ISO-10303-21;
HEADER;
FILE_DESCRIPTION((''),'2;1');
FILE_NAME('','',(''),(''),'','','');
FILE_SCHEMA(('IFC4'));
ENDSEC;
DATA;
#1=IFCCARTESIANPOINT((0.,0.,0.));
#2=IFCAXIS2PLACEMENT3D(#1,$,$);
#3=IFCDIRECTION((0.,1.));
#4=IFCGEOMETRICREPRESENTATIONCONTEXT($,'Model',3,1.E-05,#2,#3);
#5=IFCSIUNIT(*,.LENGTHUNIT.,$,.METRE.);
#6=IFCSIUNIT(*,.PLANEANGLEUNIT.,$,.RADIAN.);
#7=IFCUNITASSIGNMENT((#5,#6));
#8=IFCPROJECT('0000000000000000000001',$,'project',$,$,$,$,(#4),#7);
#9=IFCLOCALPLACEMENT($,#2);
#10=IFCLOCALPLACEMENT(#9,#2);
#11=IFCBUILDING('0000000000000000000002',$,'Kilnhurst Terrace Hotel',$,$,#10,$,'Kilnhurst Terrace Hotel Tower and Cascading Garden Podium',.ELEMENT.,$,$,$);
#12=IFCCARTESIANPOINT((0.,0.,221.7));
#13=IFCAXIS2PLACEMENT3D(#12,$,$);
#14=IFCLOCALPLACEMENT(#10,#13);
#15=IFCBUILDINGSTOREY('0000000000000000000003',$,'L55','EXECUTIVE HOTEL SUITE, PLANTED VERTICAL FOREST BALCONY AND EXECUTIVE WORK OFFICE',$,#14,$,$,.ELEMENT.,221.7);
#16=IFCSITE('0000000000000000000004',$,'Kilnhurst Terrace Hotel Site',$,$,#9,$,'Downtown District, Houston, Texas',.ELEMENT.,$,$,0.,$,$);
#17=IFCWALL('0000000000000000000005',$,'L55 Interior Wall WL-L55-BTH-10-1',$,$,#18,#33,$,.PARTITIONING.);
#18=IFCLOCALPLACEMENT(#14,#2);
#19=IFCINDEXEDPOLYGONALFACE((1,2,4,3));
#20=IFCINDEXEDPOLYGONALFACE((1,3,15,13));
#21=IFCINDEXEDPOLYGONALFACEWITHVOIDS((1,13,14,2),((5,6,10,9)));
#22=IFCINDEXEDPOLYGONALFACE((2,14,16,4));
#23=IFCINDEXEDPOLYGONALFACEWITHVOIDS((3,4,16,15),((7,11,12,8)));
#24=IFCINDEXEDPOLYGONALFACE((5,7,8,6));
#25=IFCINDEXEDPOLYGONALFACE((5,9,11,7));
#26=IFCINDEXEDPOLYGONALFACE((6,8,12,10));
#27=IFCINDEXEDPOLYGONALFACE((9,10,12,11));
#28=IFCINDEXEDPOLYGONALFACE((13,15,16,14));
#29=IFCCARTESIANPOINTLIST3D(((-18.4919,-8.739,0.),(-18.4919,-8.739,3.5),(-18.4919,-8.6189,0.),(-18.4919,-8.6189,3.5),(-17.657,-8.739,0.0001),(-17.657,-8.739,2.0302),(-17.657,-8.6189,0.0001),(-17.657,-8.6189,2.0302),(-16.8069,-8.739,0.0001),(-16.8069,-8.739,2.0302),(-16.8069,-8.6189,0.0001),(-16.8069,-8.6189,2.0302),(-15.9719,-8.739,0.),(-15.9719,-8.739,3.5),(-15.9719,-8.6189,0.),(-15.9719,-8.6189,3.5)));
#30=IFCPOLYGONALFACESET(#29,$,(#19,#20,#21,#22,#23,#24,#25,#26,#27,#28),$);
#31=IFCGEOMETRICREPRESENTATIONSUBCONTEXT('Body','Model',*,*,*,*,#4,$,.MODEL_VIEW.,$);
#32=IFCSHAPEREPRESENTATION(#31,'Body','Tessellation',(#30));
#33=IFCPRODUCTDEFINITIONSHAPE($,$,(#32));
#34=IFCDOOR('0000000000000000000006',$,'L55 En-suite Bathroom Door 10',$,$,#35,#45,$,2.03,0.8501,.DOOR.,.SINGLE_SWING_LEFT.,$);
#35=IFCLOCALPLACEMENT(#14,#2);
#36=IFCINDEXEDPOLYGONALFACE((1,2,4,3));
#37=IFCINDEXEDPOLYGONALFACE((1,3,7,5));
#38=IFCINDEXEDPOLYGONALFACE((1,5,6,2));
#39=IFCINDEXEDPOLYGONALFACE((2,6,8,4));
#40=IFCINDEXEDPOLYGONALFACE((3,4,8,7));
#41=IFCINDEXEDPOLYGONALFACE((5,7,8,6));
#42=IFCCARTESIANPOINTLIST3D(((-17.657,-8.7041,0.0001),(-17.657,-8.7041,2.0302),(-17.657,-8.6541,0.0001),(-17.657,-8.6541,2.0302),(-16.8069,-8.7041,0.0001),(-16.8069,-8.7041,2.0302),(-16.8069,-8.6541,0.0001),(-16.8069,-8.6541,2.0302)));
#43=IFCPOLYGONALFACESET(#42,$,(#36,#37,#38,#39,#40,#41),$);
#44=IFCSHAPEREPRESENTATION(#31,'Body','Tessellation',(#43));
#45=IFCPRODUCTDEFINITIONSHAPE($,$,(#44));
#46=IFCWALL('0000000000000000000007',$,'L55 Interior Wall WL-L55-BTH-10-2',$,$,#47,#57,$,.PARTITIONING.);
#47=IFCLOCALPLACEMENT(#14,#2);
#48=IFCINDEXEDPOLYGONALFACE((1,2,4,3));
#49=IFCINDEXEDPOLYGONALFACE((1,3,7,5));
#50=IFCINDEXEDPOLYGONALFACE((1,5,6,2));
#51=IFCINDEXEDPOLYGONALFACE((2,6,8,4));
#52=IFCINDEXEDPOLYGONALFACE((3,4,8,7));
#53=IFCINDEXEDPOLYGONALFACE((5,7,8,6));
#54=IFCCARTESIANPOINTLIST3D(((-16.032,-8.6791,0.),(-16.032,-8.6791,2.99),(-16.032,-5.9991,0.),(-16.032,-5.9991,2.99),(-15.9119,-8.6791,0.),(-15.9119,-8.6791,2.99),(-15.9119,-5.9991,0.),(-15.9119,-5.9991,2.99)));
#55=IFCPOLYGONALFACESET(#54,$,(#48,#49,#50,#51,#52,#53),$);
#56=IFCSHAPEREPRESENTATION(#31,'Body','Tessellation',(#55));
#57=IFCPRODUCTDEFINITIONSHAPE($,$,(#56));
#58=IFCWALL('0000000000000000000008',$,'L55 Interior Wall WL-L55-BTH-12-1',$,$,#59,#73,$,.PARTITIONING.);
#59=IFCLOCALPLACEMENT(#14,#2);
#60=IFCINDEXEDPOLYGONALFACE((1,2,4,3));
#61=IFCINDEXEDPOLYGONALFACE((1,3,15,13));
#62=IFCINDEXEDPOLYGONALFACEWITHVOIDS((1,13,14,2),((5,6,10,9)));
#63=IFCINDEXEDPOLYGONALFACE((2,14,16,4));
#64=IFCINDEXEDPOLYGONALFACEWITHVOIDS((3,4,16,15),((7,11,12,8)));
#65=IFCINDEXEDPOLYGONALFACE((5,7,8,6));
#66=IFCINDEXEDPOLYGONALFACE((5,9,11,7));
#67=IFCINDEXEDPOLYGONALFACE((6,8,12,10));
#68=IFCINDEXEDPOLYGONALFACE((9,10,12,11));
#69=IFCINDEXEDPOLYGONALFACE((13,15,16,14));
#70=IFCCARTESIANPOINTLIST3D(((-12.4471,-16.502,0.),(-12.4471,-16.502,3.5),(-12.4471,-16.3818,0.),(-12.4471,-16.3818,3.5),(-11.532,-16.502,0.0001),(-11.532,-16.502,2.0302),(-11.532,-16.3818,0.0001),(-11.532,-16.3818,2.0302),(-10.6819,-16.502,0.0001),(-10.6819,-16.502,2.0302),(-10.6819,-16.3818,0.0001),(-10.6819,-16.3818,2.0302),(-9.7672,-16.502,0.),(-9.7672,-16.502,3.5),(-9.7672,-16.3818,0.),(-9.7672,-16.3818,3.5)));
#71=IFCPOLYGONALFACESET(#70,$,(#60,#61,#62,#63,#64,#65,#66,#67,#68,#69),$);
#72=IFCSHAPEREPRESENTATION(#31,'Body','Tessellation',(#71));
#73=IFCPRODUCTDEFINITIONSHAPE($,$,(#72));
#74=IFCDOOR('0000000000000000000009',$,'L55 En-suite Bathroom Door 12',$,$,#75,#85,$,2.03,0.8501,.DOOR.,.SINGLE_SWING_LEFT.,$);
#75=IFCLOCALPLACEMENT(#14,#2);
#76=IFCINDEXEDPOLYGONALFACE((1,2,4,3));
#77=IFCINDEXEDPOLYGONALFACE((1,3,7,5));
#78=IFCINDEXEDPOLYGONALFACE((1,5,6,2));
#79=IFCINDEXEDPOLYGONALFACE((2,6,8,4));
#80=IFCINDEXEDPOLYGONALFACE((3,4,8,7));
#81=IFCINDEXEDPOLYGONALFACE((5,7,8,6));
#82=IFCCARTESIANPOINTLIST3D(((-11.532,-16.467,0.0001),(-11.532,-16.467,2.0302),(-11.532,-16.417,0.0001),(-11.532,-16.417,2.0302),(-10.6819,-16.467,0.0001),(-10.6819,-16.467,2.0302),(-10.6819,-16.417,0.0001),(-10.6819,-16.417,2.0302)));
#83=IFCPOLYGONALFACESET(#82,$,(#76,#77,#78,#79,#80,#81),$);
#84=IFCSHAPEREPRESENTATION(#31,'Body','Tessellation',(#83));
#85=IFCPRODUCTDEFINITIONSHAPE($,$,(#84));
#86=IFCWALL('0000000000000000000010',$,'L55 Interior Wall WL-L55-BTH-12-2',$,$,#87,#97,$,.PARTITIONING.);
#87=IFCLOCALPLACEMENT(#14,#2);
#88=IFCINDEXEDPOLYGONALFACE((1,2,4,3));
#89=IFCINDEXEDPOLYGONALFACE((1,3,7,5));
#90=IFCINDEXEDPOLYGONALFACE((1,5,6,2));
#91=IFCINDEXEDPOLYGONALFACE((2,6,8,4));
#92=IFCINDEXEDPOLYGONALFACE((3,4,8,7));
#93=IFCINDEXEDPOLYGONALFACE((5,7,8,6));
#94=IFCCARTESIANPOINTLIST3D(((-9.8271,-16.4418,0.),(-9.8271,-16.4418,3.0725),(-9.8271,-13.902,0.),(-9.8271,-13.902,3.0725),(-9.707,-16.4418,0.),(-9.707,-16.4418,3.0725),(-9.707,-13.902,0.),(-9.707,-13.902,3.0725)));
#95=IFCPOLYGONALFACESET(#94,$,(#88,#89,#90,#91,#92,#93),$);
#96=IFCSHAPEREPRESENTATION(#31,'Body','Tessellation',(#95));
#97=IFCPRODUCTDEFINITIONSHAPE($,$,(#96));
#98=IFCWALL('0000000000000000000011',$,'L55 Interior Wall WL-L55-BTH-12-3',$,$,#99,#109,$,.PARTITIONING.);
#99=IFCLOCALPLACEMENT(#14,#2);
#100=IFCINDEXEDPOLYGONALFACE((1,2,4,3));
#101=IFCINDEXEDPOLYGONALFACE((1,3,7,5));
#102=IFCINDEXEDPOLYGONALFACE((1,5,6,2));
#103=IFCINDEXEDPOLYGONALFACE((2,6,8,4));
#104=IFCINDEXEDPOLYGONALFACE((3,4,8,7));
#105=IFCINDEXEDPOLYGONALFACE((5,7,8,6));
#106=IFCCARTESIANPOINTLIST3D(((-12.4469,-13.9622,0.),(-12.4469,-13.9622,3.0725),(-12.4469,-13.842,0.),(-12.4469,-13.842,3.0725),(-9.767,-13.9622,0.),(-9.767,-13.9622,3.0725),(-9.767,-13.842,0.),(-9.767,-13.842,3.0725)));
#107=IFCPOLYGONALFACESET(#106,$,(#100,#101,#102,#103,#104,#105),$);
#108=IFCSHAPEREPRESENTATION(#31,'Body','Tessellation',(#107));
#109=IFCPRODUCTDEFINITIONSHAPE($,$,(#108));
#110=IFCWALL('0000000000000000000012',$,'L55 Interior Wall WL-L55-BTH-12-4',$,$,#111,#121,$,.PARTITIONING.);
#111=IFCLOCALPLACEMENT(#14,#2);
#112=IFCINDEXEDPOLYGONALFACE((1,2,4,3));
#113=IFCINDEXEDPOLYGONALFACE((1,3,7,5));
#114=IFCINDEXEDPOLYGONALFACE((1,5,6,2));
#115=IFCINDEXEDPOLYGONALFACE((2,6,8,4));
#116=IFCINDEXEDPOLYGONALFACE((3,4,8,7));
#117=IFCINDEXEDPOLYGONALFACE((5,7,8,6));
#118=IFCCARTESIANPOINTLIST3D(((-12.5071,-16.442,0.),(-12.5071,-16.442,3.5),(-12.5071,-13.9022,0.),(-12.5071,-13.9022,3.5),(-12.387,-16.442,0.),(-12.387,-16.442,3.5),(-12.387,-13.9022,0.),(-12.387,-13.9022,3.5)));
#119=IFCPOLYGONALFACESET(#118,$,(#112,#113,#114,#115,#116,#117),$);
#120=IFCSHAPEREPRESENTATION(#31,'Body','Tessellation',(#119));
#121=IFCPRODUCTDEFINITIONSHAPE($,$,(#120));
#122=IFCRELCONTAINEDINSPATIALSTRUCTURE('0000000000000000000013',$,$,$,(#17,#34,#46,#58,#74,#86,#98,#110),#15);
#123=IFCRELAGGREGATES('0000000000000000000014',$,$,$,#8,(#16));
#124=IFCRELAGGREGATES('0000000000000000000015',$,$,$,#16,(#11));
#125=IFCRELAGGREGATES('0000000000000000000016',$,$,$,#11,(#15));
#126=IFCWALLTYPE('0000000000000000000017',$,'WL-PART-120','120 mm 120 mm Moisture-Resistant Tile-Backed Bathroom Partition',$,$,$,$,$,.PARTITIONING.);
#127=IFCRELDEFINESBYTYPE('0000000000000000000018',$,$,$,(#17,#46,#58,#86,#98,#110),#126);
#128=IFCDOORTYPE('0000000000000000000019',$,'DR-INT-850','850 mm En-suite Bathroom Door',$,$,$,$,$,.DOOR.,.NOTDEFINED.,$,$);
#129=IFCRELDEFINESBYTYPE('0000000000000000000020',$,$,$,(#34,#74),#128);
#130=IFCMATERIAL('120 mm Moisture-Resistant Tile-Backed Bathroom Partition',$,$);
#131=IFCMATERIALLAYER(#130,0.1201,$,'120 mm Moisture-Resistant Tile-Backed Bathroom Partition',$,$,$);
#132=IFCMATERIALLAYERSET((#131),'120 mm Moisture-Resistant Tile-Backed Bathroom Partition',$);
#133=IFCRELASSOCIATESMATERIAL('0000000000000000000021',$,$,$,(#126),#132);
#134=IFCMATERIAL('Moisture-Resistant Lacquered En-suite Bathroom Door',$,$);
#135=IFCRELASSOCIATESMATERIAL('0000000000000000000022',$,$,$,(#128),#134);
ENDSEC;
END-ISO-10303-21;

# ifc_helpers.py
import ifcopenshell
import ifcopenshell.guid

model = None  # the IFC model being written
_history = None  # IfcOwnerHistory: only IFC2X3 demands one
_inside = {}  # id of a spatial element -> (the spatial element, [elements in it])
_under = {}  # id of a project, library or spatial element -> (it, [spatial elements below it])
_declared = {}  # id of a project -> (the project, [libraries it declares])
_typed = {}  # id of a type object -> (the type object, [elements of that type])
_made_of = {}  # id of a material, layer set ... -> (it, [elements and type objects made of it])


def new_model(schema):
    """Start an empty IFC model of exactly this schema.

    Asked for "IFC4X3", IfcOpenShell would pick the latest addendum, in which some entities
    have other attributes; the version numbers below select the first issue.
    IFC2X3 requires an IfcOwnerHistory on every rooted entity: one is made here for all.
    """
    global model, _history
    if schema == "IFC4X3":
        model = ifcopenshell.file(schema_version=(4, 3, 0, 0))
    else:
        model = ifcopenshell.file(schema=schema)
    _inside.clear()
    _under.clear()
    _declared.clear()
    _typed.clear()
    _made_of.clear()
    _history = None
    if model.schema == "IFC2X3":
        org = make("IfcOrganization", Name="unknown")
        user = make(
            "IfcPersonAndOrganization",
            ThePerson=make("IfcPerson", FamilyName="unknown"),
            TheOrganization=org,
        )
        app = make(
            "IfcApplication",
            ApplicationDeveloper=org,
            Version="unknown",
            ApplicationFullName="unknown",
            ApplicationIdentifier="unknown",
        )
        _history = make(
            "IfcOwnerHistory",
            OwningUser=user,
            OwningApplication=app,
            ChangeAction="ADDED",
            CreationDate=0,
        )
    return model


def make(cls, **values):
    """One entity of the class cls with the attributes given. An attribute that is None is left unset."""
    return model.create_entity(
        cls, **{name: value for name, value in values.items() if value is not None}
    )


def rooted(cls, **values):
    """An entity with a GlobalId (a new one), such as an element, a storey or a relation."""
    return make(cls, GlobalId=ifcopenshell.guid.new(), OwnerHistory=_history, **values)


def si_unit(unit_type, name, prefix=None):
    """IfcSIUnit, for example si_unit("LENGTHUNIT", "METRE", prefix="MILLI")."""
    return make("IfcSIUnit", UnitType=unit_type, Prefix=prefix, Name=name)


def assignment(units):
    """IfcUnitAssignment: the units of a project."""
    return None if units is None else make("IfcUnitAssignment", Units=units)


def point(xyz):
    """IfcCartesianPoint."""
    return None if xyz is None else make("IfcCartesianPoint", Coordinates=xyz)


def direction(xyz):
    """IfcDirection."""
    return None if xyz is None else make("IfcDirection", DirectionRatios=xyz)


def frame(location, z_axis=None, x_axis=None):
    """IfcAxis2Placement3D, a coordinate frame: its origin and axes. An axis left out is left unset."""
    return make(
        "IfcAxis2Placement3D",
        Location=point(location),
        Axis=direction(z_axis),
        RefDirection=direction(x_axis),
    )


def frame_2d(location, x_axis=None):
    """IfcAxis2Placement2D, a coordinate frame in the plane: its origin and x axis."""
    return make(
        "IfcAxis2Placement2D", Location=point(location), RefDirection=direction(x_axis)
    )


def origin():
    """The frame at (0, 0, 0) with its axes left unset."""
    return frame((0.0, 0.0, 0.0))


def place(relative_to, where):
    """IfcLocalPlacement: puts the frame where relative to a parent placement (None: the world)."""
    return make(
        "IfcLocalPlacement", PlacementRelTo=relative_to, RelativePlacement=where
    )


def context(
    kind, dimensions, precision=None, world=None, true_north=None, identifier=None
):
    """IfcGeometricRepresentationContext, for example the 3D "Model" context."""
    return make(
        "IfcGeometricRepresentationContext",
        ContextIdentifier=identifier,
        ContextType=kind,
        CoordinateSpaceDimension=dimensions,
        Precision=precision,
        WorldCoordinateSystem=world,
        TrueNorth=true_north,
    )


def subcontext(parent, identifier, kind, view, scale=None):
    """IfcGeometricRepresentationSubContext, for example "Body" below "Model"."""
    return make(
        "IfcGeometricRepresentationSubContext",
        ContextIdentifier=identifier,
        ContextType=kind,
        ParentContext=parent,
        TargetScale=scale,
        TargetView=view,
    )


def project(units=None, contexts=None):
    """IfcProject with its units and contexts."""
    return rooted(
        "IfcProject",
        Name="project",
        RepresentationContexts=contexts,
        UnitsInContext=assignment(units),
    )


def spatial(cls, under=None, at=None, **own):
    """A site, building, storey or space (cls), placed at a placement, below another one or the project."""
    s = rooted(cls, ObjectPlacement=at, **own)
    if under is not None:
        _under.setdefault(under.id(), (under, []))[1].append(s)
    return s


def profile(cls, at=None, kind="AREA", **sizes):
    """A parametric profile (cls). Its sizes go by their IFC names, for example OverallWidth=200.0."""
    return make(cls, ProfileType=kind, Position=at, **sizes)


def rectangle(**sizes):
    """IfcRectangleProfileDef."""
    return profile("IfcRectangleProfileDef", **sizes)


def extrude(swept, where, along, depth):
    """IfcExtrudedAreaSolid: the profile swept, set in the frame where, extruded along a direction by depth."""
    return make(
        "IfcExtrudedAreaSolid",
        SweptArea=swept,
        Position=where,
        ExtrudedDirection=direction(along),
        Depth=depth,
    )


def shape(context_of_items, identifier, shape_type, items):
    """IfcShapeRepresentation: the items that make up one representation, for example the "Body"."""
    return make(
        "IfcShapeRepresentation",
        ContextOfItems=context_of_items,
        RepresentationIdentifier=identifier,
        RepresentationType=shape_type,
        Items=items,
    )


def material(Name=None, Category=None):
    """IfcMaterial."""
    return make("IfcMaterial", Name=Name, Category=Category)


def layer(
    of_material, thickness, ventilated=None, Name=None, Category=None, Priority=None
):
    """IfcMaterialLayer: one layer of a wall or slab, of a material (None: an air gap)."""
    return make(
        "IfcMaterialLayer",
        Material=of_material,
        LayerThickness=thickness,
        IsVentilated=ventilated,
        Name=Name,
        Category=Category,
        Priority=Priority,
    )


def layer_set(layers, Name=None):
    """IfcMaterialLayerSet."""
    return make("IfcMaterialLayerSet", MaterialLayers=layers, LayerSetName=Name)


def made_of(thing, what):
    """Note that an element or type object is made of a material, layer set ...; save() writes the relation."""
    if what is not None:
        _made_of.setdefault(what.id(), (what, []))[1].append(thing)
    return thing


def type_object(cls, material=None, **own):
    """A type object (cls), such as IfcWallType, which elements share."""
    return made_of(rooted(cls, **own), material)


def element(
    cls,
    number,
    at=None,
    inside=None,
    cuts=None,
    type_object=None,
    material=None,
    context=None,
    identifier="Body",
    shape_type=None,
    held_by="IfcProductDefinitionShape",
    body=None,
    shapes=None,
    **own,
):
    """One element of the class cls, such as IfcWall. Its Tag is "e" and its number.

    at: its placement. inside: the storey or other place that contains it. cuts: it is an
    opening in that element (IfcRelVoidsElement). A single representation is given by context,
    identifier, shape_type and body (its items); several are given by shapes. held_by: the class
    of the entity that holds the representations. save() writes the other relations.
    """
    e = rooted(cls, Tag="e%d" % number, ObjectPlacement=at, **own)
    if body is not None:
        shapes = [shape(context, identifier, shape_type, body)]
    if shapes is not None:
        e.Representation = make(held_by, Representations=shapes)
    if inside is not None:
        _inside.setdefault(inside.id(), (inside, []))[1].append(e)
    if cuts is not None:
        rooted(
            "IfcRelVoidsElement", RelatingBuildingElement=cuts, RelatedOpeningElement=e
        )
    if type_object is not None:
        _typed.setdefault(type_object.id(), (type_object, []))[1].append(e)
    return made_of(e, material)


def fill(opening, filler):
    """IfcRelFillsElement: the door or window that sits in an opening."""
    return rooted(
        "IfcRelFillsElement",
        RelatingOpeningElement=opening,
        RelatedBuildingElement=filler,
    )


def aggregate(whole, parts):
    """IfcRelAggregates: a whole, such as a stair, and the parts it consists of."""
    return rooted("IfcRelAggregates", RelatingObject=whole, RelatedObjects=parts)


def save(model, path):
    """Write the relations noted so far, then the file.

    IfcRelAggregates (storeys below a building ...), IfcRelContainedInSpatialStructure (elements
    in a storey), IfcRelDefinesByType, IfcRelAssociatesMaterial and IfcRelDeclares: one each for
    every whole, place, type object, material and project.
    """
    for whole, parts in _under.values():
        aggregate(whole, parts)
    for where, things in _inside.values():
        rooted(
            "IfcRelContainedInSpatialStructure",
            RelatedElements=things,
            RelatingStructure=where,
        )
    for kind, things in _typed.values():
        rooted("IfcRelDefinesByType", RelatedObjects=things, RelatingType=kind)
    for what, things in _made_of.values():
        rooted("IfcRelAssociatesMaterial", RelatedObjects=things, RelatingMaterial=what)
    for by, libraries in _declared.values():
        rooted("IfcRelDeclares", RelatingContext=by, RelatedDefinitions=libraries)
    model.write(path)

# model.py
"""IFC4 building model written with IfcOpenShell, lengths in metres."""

from ifc_helpers import new_model, si_unit, direction, frame, frame_2d, origin, place, context, subcontext, project, spatial, rectangle, extrude, material, layer, layer_set, type_object, element, fill, save


model = new_model("IFC4")

# Units and contexts
model_context = context("Model", 3, precision=1e-05, world=origin(), true_north=direction((0.0, 1.0)))
body_context = subcontext(model_context, "Body", "Model", "MODEL_VIEW")
ifc_project = project(units=[si_unit("LENGTHUNIT", "METRE"), si_unit("PLANEANGLEUNIT", "RADIAN")], contexts=[model_context])

# Site, building, storey
site_placement = place(None, origin())
site = spatial("IfcSite", under=ifc_project, at=site_placement, Name="Kilnhurst Terrace Hotel Site", LongName="Downtown District, Houston, Texas", CompositionType="ELEMENT", RefElevation=0.0)
building_placement = place(site_placement, origin())
building = spatial("IfcBuilding", under=site, at=building_placement, Name="Kilnhurst Terrace Hotel", LongName="Kilnhurst Terrace Hotel Tower and Cascading Garden Podium", CompositionType="ELEMENT")
storey_placement = place(building_placement, frame((0.0, 0.0, 221.7)))
storey = spatial("IfcBuildingStorey", under=building, at=storey_placement, Name="L55", Description="EXECUTIVE HOTEL SUITE, PLANTED VERTICAL FOREST BALCONY AND EXECUTIVE WORK OFFICE", CompositionType="ELEMENT", Elevation=221.7)

# Wall, opening, door
ifc_material_1 = material(Name="120 mm Moisture-Resistant Tile-Backed Bathroom Partition")
ifc_layer_1 = layer(ifc_material_1, 0.1201, Name="120 mm Moisture-Resistant Tile-Backed Bathroom Partition")
ifc_layer_set_1 = layer_set([ifc_layer_1], Name="120 mm Moisture-Resistant Tile-Backed Bathroom Partition")
wall_type_1 = type_object("IfcWallType", Name="WL-PART-120", Description="120 mm 120 mm Moisture-Resistant Tile-Backed Bathroom Partition", PredefinedType="PARTITIONING", material=ifc_layer_set_1)
wall_1_placement = place(storey_placement, frame((-18.4919, -8.679, 0.0), z_axis=(0.0, 0.0, 1.0), x_axis=(1.0, 0.0, 0.0)))
wall_1 = element("IfcWall", 1, at=wall_1_placement, inside=storey, type_object=wall_type_1, Name="L55 Interior Wall WL-L55-BTH-10-1", PredefinedType="PARTITIONING", context=body_context, shape_type="SweptSolid", body=[
    extrude(rectangle(XDim=2.52, YDim=0.1201, at=frame_2d((1.26, 0.0))), origin(), (0.0, 0.0, 1.0), 3.5),
])
opening_1_placement = place(wall_1_placement, frame((0.835, 0.0, 0.0)))
opening_1 = element("IfcOpeningElement", 2, at=opening_1_placement, cuts=wall_1, PredefinedType="OPENING", context=body_context, shape_type="SweptSolid", body=[
    extrude(rectangle(XDim=0.8501, YDim=2.03, at=frame_2d((0.425, 1.0151))), frame((0.0, 0.0701, 0.0), z_axis=(0.0, -1.0, 0.0), x_axis=(1.0, 0.0, 0.0)), (0.0, 0.0, 1.0), 0.1401),
])
ifc_material_2 = material(Name="Moisture-Resistant Lacquered En-suite Bathroom Door")
door_type_1 = type_object("IfcDoorType", Name="DR-INT-850", Description="850 mm En-suite Bathroom Door", OperationType="NOTDEFINED", PredefinedType="DOOR", material=ifc_material_2)
door_1_placement = place(opening_1_placement, origin())
door_1 = element("IfcDoor", 3, at=door_1_placement, inside=storey, type_object=door_type_1, Name="L55 En-suite Bathroom Door 10", OperationType="SINGLE_SWING_LEFT", OverallHeight=2.03, OverallWidth=0.8501, PredefinedType="DOOR", context=body_context, shape_type="SweptSolid", body=[
    extrude(rectangle(XDim=0.8501, YDim=2.03, at=frame_2d((0.425, 1.0151))), frame((0.0, 0.0249, 0.0), z_axis=(0.0, -1.0, 0.0), x_axis=(1.0, 0.0, 0.0)), (0.0, 0.0, 1.0), 0.05),
])
fill(opening_1, door_1)

# Wall
wall_2_placement = place(storey_placement, frame((-15.9719, -8.679, 0.0), z_axis=(0.0, 0.0, 1.0), x_axis=(0.0, 1.0, 0.0)))
element("IfcWall", 4, at=wall_2_placement, inside=storey, type_object=wall_type_1, Name="L55 Interior Wall WL-L55-BTH-10-2", PredefinedType="PARTITIONING", context=body_context, shape_type="SweptSolid", body=[
    extrude(rectangle(XDim=2.6799, YDim=0.1201, at=frame_2d((1.3398, 0.0))), origin(), (0.0, 0.0, 1.0), 2.99),
])

# Wall, opening, door
wall_3_placement = place(storey_placement, frame((-12.447, -16.4419, 0.0), z_axis=(0.0, 0.0, 1.0), x_axis=(1.0, 0.0, 0.0)))
wall_3 = element("IfcWall", 5, at=wall_3_placement, inside=storey, type_object=wall_type_1, Name="L55 Interior Wall WL-L55-BTH-12-1", PredefinedType="PARTITIONING", context=body_context, shape_type="SweptSolid", body=[
    extrude(rectangle(XDim=2.6799, YDim=0.1201, at=frame_2d((1.3398, 0.0))), origin(), (0.0, 0.0, 1.0), 3.5),
])
opening_2_placement = place(wall_3_placement, frame((0.915, 0.0, 0.0)))
opening_2 = element("IfcOpeningElement", 6, at=opening_2_placement, cuts=wall_3, PredefinedType="OPENING", context=body_context, shape_type="SweptSolid", body=[
    extrude(rectangle(XDim=0.8501, YDim=2.03, at=frame_2d((0.425, 1.0151))), frame((0.0, 0.0701, 0.0), z_axis=(0.0, -1.0, 0.0), x_axis=(1.0, 0.0, 0.0)), (0.0, 0.0, 1.0), 0.1401),
])
door_2_placement = place(opening_2_placement, origin())
door_2 = element("IfcDoor", 7, at=door_2_placement, inside=storey, type_object=door_type_1, Name="L55 En-suite Bathroom Door 12", OperationType="SINGLE_SWING_LEFT", OverallHeight=2.03, OverallWidth=0.8501, PredefinedType="DOOR", context=body_context, shape_type="SweptSolid", body=[
    extrude(rectangle(XDim=0.8501, YDim=2.03, at=frame_2d((0.425, 1.0151))), frame((0.0, 0.0249, 0.0), z_axis=(0.0, -1.0, 0.0), x_axis=(1.0, 0.0, 0.0)), (0.0, 0.0, 1.0), 0.05),
])
fill(opening_2, door_2)

# Walls
wall_4_placement = place(storey_placement, frame((-9.7671, -16.4419, 0.0), z_axis=(0.0, 0.0, 1.0), x_axis=(0.0, 1.0, 0.0)))
element("IfcWall", 8, at=wall_4_placement, inside=storey, type_object=wall_type_1, Name="L55 Interior Wall WL-L55-BTH-12-2", PredefinedType="PARTITIONING", context=body_context, shape_type="SweptSolid", body=[
    extrude(rectangle(XDim=2.5398, YDim=0.1201, at=frame_2d((1.27, 0.0))), origin(), (0.0, 0.0, 1.0), 3.0725),
])
wall_5_placement = place(storey_placement, frame((-9.7671, -13.9021, 0.0), z_axis=(0.0, 0.0, 1.0), x_axis=(-1.0, 0.0, 0.0)))
element("IfcWall", 9, at=wall_5_placement, inside=storey, type_object=wall_type_1, Name="L55 Interior Wall WL-L55-BTH-12-3", PredefinedType="PARTITIONING", context=body_context, shape_type="SweptSolid", body=[
    extrude(rectangle(XDim=2.6799, YDim=0.1201, at=frame_2d((1.3398, 0.0))), origin(), (0.0, 0.0, 1.0), 3.0725),
])
wall_6_placement = place(storey_placement, frame((-12.447, -13.9021, 0.0), z_axis=(0.0, 0.0, 1.0), x_axis=(0.0, -1.0, 0.0)))
element("IfcWall", 10, at=wall_6_placement, inside=storey, type_object=wall_type_1, Name="L55 Interior Wall WL-L55-BTH-12-4", PredefinedType="PARTITIONING", context=body_context, shape_type="SweptSolid", body=[
    extrude(rectangle(XDim=2.5398, YDim=0.1201, at=frame_2d((1.27, 0.0))), origin(), (0.0, 0.0, 1.0), 3.5),
])

save(model, "model.ifc")
